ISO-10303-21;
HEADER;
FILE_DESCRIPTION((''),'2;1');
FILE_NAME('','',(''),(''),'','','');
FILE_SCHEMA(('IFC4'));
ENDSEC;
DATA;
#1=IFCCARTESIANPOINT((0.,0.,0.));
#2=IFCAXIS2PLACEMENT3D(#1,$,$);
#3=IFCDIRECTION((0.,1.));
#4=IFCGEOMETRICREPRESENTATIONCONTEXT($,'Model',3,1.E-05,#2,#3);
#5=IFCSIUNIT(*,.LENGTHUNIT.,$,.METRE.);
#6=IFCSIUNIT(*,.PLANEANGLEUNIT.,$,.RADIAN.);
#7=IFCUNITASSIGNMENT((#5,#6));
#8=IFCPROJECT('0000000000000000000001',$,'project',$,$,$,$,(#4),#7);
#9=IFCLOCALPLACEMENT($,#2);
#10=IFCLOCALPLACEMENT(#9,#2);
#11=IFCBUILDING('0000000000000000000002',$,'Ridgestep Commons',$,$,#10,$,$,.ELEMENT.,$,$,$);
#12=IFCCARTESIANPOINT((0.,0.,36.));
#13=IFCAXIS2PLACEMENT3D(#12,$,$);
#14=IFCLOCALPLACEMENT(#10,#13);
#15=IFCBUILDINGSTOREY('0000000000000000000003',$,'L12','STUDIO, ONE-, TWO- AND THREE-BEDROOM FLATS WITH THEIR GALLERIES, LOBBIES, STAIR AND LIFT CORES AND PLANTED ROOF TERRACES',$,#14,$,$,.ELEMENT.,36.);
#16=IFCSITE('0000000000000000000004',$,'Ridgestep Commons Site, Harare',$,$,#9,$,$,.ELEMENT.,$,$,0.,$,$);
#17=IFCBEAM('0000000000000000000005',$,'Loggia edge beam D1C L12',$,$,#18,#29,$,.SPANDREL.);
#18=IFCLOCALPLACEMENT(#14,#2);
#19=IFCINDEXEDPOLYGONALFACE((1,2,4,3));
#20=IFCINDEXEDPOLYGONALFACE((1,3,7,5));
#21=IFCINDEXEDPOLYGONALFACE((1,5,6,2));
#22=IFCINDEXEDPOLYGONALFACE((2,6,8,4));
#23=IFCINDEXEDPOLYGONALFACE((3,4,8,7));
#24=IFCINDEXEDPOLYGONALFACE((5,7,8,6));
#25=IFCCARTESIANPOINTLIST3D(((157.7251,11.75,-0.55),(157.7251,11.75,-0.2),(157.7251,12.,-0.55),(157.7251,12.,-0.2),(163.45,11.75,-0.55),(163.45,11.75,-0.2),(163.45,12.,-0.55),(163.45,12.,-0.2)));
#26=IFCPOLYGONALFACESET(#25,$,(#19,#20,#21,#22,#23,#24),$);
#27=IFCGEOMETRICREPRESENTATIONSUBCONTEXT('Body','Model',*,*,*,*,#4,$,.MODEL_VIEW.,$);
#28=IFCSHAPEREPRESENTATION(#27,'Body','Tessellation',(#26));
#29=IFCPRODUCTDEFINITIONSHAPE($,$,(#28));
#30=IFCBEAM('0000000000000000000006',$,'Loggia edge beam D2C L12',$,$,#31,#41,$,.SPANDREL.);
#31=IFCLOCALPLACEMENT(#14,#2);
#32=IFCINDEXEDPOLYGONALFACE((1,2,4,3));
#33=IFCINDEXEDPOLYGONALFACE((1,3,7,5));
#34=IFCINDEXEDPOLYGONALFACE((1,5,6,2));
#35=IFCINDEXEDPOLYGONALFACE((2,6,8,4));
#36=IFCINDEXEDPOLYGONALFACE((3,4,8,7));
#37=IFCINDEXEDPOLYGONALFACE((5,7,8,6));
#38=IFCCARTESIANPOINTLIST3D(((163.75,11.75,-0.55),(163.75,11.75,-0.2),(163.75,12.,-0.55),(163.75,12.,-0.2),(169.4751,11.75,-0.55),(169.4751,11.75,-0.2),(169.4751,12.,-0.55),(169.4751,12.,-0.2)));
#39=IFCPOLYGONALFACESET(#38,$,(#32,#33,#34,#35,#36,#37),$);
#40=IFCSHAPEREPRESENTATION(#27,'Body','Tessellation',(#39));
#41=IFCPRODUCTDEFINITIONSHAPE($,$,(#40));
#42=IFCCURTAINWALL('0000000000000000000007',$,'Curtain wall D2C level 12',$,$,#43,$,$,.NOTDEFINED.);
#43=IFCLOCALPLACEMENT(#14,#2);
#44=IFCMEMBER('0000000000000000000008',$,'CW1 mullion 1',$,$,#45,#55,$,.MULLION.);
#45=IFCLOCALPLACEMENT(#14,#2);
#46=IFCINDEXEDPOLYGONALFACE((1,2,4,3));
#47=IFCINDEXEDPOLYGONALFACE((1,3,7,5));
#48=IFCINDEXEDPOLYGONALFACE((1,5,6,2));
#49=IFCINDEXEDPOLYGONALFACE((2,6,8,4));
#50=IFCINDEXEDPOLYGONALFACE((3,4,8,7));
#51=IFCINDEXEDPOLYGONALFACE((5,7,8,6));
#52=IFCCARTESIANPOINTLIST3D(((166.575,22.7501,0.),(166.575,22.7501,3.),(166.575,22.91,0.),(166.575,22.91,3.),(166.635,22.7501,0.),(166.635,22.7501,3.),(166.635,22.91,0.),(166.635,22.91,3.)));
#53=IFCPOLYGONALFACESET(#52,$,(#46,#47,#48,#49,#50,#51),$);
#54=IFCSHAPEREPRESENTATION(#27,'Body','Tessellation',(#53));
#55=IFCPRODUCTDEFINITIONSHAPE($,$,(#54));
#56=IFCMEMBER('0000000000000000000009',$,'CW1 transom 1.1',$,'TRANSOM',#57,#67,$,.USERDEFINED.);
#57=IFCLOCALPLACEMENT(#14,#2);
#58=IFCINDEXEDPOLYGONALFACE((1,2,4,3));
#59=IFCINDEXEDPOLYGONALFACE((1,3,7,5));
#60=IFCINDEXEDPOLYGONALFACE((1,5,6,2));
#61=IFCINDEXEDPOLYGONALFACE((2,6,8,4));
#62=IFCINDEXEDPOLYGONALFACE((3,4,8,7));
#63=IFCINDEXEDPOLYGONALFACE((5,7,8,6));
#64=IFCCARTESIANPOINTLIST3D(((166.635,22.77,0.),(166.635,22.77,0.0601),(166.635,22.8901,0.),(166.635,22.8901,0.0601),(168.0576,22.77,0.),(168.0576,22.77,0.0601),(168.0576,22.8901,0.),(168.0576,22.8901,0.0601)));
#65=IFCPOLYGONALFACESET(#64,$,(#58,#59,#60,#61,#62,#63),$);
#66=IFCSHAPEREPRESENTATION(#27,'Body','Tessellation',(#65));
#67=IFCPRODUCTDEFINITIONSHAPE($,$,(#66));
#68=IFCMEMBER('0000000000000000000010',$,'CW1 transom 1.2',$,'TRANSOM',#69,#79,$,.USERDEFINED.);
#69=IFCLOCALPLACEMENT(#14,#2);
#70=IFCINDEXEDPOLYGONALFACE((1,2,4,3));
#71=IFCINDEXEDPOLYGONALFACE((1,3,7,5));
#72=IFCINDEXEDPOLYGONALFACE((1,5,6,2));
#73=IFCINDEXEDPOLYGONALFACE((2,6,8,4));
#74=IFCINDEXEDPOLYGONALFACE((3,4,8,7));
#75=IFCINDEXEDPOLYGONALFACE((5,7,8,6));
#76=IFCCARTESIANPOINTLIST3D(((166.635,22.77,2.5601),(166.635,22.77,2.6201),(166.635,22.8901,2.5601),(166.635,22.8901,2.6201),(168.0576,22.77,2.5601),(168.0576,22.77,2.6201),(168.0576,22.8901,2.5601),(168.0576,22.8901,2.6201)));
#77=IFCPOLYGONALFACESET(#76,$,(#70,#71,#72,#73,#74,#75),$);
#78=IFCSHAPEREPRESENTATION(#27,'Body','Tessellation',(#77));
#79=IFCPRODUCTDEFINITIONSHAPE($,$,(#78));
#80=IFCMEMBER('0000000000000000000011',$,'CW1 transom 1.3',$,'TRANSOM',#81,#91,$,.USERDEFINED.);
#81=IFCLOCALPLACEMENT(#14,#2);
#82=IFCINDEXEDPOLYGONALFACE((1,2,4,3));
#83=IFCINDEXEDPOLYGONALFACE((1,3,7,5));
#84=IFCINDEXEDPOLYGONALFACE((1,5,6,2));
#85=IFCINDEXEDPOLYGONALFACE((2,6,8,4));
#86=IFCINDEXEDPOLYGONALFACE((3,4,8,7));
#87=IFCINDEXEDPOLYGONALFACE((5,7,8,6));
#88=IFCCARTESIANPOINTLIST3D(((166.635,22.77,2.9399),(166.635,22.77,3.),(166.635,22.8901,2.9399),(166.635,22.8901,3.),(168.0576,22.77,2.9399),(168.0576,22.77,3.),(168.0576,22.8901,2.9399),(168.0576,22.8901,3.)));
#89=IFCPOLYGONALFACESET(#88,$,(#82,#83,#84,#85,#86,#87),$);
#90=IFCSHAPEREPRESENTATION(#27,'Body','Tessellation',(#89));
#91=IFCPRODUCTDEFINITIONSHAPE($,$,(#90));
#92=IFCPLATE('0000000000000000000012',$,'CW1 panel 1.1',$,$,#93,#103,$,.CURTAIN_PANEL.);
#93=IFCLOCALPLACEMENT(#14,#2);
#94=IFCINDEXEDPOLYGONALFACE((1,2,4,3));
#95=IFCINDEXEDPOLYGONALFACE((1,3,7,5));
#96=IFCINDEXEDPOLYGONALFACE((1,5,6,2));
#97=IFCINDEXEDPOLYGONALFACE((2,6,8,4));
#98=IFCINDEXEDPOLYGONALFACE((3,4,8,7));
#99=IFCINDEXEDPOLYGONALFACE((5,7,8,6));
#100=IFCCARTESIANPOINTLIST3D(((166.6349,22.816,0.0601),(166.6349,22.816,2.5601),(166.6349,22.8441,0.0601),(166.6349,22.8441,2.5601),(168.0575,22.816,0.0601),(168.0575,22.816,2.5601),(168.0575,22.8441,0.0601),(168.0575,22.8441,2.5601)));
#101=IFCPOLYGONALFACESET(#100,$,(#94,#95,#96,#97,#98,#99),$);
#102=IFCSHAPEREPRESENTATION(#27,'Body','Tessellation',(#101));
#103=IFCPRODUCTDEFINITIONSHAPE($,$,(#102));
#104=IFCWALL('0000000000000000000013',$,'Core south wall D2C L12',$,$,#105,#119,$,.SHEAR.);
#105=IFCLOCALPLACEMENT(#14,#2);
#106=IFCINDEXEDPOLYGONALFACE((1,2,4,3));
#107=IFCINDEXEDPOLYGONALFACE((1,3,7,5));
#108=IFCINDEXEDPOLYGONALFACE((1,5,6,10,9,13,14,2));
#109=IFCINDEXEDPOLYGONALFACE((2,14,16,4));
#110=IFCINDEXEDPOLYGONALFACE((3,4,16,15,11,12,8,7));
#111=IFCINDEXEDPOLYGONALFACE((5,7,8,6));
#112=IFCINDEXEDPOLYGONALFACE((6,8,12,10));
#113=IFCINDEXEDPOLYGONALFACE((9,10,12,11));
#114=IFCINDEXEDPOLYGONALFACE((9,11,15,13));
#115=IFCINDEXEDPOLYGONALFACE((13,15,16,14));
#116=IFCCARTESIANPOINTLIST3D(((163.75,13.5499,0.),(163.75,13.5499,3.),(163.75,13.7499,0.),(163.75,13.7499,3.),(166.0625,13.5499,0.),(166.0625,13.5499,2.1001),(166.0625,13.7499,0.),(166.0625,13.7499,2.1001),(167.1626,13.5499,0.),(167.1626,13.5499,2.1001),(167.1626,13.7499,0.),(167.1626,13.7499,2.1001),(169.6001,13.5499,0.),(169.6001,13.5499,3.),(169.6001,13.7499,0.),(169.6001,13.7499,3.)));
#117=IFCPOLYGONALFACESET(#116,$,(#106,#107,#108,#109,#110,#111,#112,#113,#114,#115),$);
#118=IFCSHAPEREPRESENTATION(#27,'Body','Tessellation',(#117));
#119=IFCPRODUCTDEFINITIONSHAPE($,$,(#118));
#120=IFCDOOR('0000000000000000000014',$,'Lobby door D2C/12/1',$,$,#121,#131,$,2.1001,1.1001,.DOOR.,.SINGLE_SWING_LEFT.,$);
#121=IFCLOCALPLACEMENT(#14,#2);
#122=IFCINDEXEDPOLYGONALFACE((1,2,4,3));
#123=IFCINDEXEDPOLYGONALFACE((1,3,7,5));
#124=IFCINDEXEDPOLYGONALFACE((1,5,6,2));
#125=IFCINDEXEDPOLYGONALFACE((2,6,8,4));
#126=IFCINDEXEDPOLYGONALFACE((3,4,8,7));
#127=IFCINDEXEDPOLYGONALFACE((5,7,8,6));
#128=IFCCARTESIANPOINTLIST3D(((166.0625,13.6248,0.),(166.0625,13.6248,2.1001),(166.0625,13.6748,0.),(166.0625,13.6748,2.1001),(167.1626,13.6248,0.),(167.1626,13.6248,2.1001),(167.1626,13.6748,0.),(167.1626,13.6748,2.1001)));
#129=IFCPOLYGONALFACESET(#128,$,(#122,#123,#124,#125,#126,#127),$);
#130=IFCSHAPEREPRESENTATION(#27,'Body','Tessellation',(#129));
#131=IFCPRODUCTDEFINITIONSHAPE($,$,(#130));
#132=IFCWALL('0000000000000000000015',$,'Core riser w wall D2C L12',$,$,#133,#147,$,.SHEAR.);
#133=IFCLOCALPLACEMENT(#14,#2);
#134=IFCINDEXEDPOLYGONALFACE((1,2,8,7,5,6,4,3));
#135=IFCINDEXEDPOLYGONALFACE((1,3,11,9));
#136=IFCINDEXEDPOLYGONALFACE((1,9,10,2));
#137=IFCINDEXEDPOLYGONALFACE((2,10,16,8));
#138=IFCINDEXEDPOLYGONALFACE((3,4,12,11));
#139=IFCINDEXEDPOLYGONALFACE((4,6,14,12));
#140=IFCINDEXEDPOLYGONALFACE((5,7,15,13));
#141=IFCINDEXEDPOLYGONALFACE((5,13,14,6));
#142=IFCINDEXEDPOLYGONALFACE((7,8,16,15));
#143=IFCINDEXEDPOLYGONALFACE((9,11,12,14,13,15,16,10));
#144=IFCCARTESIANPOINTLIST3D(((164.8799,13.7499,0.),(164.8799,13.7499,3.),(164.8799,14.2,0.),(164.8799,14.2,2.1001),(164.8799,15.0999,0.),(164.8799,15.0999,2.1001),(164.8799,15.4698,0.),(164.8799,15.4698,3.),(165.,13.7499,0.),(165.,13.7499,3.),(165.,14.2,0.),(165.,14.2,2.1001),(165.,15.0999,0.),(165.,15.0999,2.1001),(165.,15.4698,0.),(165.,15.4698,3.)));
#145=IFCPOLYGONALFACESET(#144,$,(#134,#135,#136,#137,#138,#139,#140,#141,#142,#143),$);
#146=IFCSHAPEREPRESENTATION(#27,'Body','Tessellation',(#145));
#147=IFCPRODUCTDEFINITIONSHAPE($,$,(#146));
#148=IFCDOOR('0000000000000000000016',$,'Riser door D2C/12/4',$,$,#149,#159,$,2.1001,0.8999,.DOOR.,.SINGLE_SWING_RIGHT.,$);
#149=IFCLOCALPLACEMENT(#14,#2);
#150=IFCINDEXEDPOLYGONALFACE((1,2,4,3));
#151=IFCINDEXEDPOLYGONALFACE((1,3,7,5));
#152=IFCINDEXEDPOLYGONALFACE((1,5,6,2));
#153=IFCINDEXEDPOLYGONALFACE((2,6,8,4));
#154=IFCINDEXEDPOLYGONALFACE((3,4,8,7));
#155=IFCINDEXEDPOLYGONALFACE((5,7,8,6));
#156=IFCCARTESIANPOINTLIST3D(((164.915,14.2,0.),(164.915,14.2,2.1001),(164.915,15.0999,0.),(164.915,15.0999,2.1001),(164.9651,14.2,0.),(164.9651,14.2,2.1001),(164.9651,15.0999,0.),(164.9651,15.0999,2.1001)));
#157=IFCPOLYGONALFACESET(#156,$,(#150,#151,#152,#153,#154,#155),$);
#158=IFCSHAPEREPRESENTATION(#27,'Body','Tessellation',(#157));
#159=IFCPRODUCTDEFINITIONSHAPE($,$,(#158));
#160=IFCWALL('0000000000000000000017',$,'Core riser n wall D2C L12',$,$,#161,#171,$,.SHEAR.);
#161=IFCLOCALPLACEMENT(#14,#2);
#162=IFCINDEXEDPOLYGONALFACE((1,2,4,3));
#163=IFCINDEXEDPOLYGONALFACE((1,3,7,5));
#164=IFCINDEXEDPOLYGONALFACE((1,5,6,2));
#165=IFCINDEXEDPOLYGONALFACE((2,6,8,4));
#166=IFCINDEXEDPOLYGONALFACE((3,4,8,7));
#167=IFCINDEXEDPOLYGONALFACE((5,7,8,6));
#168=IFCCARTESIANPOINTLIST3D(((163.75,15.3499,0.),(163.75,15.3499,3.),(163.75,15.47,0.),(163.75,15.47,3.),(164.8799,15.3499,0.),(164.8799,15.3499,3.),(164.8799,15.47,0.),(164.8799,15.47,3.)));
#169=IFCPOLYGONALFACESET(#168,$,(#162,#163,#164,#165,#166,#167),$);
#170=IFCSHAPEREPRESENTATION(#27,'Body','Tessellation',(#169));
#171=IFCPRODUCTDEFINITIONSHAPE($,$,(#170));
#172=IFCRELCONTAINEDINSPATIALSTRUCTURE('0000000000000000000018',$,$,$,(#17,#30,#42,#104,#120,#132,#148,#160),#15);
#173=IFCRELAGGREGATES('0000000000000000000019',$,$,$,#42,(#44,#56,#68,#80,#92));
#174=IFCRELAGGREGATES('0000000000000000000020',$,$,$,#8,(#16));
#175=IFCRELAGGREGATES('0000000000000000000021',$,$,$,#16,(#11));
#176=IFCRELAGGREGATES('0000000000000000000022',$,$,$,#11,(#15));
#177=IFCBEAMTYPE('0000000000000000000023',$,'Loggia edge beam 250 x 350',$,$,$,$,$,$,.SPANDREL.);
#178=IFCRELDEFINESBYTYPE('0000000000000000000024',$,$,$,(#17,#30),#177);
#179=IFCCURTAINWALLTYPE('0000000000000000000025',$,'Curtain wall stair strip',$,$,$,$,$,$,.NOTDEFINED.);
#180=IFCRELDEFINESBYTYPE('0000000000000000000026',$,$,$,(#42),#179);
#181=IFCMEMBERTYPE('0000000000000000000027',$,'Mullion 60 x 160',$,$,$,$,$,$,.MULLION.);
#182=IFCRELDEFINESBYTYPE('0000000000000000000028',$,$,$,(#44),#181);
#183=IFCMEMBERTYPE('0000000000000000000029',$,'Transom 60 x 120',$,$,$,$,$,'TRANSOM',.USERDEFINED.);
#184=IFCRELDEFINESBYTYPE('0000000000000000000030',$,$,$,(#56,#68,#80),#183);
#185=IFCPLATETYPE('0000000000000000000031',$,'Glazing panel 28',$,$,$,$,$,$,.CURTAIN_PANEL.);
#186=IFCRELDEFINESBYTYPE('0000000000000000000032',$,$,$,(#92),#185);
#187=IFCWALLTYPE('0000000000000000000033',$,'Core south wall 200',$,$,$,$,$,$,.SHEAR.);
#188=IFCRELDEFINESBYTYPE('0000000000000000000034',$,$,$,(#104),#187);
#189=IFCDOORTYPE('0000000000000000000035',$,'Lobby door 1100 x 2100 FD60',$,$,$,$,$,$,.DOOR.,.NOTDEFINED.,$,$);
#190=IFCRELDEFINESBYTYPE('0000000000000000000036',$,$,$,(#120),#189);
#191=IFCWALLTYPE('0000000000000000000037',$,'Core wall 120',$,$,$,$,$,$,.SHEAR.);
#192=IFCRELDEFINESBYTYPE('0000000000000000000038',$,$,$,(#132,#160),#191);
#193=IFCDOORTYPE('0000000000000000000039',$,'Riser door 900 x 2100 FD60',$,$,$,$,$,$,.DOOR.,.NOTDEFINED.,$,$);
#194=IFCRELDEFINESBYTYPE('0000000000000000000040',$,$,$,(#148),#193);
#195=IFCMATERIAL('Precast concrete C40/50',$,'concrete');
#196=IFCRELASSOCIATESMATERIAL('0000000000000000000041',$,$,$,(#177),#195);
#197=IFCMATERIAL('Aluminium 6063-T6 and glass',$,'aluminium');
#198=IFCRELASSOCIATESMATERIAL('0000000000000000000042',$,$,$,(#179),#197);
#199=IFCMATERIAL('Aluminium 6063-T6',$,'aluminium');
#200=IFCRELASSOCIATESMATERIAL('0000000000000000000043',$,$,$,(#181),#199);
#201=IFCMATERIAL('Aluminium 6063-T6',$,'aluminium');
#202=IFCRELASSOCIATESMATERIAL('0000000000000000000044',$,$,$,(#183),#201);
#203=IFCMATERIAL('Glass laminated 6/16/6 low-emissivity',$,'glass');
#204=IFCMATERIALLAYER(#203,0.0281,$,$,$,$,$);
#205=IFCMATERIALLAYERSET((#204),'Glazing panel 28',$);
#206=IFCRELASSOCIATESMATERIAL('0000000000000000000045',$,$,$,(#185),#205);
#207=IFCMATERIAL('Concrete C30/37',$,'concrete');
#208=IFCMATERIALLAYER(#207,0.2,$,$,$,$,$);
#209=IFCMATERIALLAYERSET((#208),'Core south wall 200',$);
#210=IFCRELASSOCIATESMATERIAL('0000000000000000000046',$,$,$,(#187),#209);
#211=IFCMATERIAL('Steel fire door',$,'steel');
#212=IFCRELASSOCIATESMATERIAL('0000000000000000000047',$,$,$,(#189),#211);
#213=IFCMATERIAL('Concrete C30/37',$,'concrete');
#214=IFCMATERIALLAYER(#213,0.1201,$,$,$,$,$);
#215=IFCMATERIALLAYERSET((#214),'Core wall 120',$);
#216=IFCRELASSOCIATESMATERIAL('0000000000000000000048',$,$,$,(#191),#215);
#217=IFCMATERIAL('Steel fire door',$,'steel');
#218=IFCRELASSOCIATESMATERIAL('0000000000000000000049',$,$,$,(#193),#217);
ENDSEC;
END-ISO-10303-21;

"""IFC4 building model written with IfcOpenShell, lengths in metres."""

from ifc_helpers import new_model, si_unit, direction, frame, frame_2d, origin, origin_2d, place, context, subcontext, project, spatial, rectangle, extrude, material, layer, layer_set, material_profile, profile_set, type_object, element, fill, aggregate, save


model = new_model("IFC4")

# Units and contexts
model_context = context("Model", 3, precision=1e-05, world=origin(), true_north=direction((0.0, 1.0)))
body_context = subcontext(model_context, "Body", "Model", "MODEL_VIEW")
ifc_project = project(units=[si_unit("LENGTHUNIT", "METRE"), si_unit("PLANEANGLEUNIT", "RADIAN")], contexts=[model_context])

# Site, building, storey
site_placement = place(None, origin())
site = spatial("IfcSite", under=ifc_project, at=site_placement, Name="Ridgestep Commons Site, Harare", CompositionType="ELEMENT", RefElevation=0.0)
building_placement = place(site_placement, origin())
building = spatial("IfcBuilding", under=site, at=building_placement, Name="Ridgestep Commons", CompositionType="ELEMENT")
storey_placement = place(building_placement, frame((0.0, 0.0, 36.0)))
storey = spatial("IfcBuildingStorey", under=building, at=storey_placement, Name="L12", Description="STUDIO, ONE-, TWO- AND THREE-BEDROOM FLATS WITH THEIR GALLERIES, LOBBIES, STAIR AND LIFT CORES AND PLANTED ROOF TERRACES", CompositionType="ELEMENT", Elevation=36.0)

# Beams
ifc_material_1 = material(Name="Precast concrete C40/50", Category="concrete")
ifc_material_profile_1 = material_profile(ifc_material_1, rectangle(XDim=0.25, YDim=0.3501, at=origin_2d()), Name="PC 250x350")
ifc_profile_set_1 = profile_set([ifc_material_profile_1], Name="Precast concrete C40/50")
beam_type = type_object("IfcBeamType", Name="Loggia edge beam 250 x 350", PredefinedType="SPANDREL", material=ifc_profile_set_1)
beam_1_placement = place(storey_placement, frame((157.7251, 11.875, -0.375), z_axis=(1.0, 0.0, 0.0), x_axis=(0.0, 1.0, 0.0)))
element("IfcBeam", 1, at=beam_1_placement, inside=storey, type_object=beam_type, Name="Loggia edge beam D1C L12", PredefinedType="SPANDREL", context=body_context, shape_type="SweptSolid", body=[
    extrude(rectangle(XDim=0.25, YDim=0.3501, at=origin_2d()), origin(), (0.0, 0.0, 1.0), 5.7249),
])
beam_2_placement = place(storey_placement, frame((163.75, 11.875, -0.375), z_axis=(1.0, 0.0, 0.0), x_axis=(0.0, 1.0, 0.0)))
element("IfcBeam", 2, at=beam_2_placement, inside=storey, type_object=beam_type, Name="Loggia edge beam D2C L12", PredefinedType="SPANDREL", context=body_context, shape_type="SweptSolid", body=[
    extrude(rectangle(XDim=0.25, YDim=0.3501, at=origin_2d()), origin(), (0.0, 0.0, 1.0), 5.7251),
])

# Curtain wall, members, plate
ifc_material_2 = material(Name="Aluminium 6063-T6 and glass", Category="aluminium")
curtain_wall_type = type_object("IfcCurtainWallType", Name="Curtain wall stair strip", PredefinedType="NOTDEFINED", material=ifc_material_2)
curtain_wall_placement = place(storey_placement, origin())
curtain_wall = element("IfcCurtainWall", 3, at=curtain_wall_placement, inside=storey, type_object=curtain_wall_type, Name="Curtain wall D2C level 12", PredefinedType="NOTDEFINED")
ifc_material_3 = material(Name="Aluminium 6063-T6", Category="aluminium")
ifc_material_profile_2 = material_profile(ifc_material_3, rectangle(XDim=0.1599, YDim=0.0601, at=origin_2d()), Name="Mullion 60 x 160")
ifc_profile_set_2 = profile_set([ifc_material_profile_2], Name="Aluminium 6063-T6")
member_type_1 = type_object("IfcMemberType", Name="Mullion 60 x 160", PredefinedType="MULLION", material=ifc_profile_set_2)
member_1_placement = place(storey_placement, frame((166.605, 22.8301, 0.0), z_axis=(0.0, 0.0, 1.0), x_axis=(0.0, 1.0, 0.0)))
member_1 = element("IfcMember", 4, at=member_1_placement, type_object=member_type_1, Name="CW1 mullion 1", PredefinedType="MULLION", context=body_context, shape_type="SweptSolid", body=[
    extrude(rectangle(XDim=0.1599, YDim=0.0601, at=origin_2d()), origin(), (0.0, 0.0, 1.0), 3.0),
])
ifc_material_4 = material(Name="Aluminium 6063-T6", Category="aluminium")
ifc_material_profile_3 = material_profile(ifc_material_4, rectangle(XDim=0.1201, YDim=0.0601, at=origin_2d()), Name="Transom 60 x 120")
ifc_profile_set_3 = profile_set([ifc_material_profile_3], Name="Aluminium 6063-T6")
member_type_2 = type_object("IfcMemberType", Name="Transom 60 x 120", ElementType="TRANSOM", PredefinedType="USERDEFINED", material=ifc_profile_set_3)
member_2_placement = place(storey_placement, frame((166.635, 22.8301, 0.03), z_axis=(1.0, 0.0, 0.0), x_axis=(0.0, 1.0, 0.0)))
member_2 = element("IfcMember", 5, at=member_2_placement, type_object=member_type_2, Name="CW1 transom 1.1", ObjectType="TRANSOM", PredefinedType="USERDEFINED", context=body_context, shape_type="SweptSolid", body=[
    extrude(rectangle(XDim=0.1201, YDim=0.0601, at=origin_2d()), origin(), (0.0, 0.0, 1.0), 1.4226),
])
member_3_placement = place(storey_placement, frame((166.635, 22.8301, 2.5901), z_axis=(1.0, 0.0, 0.0), x_axis=(0.0, 1.0, 0.0)))
member_3 = element("IfcMember", 6, at=member_3_placement, type_object=member_type_2, Name="CW1 transom 1.2", ObjectType="TRANSOM", PredefinedType="USERDEFINED", context=body_context, shape_type="SweptSolid", body=[
    extrude(rectangle(XDim=0.1201, YDim=0.0601, at=origin_2d()), origin(), (0.0, 0.0, 1.0), 1.4226),
])
member_4_placement = place(storey_placement, frame((166.635, 22.8301, 2.97), z_axis=(1.0, 0.0, 0.0), x_axis=(0.0, 1.0, 0.0)))
member_4 = element("IfcMember", 7, at=member_4_placement, type_object=member_type_2, Name="CW1 transom 1.3", ObjectType="TRANSOM", PredefinedType="USERDEFINED", context=body_context, shape_type="SweptSolid", body=[
    extrude(rectangle(XDim=0.1201, YDim=0.0601, at=origin_2d()), origin(), (0.0, 0.0, 1.0), 1.4226),
])
ifc_material_5 = material(Name="Glass laminated 6/16/6 low-emissivity", Category="glass")
ifc_layer_1 = layer(ifc_material_5, 0.0281)
ifc_layer_set_1 = layer_set([ifc_layer_1], Name="Glazing panel 28")
plate_type = type_object("IfcPlateType", Name="Glazing panel 28", PredefinedType="CURTAIN_PANEL", material=ifc_layer_set_1)
plate_placement = place(storey_placement, frame((167.3462, 22.8301, 0.0601), z_axis=(0.0, 0.0, 1.0), x_axis=(1.0, 0.0, 0.0)))
plate = element("IfcPlate", 8, at=plate_placement, type_object=plate_type, Name="CW1 panel 1.1", PredefinedType="CURTAIN_PANEL", context=body_context, shape_type="SweptSolid", body=[
    extrude(rectangle(XDim=1.4226, YDim=0.0281, at=origin_2d()), origin(), (0.0, 0.0, 1.0), 2.5),
])
aggregate(curtain_wall, [member_1, member_2, member_3, member_4, plate])

# Walls, openings, doors
ifc_material_6 = material(Name="Concrete C30/37", Category="concrete")
ifc_layer_2 = layer(ifc_material_6, 0.2)
ifc_layer_set_2 = layer_set([ifc_layer_2], Name="Core south wall 200")
wall_type_1 = type_object("IfcWallType", Name="Core south wall 200", PredefinedType="SHEAR", material=ifc_layer_set_2)
wall_1_placement = place(storey_placement, frame((163.75, 13.6499, 0.0), z_axis=(0.0, 0.0, 1.0), x_axis=(1.0, 0.0, 0.0)))
wall_1 = element("IfcWall", 9, at=wall_1_placement, inside=storey, type_object=wall_type_1, Name="Core south wall D2C L12", PredefinedType="SHEAR", context=body_context, shape_type="SweptSolid", body=[
    extrude(rectangle(XDim=5.8501, YDim=0.2, at=frame_2d((2.925, 0.0))), origin(), (0.0, 0.0, 1.0), 3.0),
])
opening_1_placement = place(wall_1_placement, frame((2.3125, 0.0, 0.0)))
opening_1 = element("IfcOpeningElement", 10, at=opening_1_placement, cuts=wall_1, PredefinedType="OPENING", context=body_context, shape_type="SweptSolid", body=[
    extrude(rectangle(XDim=1.1001, YDim=2.1001, at=frame_2d((0.55, 1.05))), frame((0.0, 0.1099, 0.0), z_axis=(0.0, -1.0, 0.0), x_axis=(1.0, 0.0, 0.0)), (0.0, 0.0, 1.0), 0.22),
])
ifc_material_7 = material(Name="Steel fire door", Category="steel")
door_type_1 = type_object("IfcDoorType", Name="Lobby door 1100 x 2100 FD60", OperationType="NOTDEFINED", PredefinedType="DOOR", material=ifc_material_7)
door_1_placement = place(opening_1_placement, origin())
door_1 = element("IfcDoor", 11, at=door_1_placement, inside=storey, type_object=door_type_1, Name="Lobby door D2C/12/1", OperationType="SINGLE_SWING_LEFT", OverallHeight=2.1001, OverallWidth=1.1001, PredefinedType="DOOR", context=body_context, shape_type="SweptSolid", body=[
    extrude(rectangle(XDim=1.1001, YDim=2.1001, at=frame_2d((0.55, 1.05))), frame((0.0, 0.0249, 0.0), z_axis=(0.0, -1.0, 0.0), x_axis=(1.0, 0.0, 0.0)), (0.0, 0.0, 1.0), 0.05),
])
fill(opening_1, door_1)
ifc_material_8 = material(Name="Concrete C30/37", Category="concrete")
ifc_layer_3 = layer(ifc_material_8, 0.1201)
ifc_layer_set_3 = layer_set([ifc_layer_3], Name="Core wall 120")
wall_type_2 = type_object("IfcWallType", Name="Core wall 120", PredefinedType="SHEAR", material=ifc_layer_set_3)
wall_2_placement = place(storey_placement, frame((164.9399, 13.75, 0.0), z_axis=(0.0, 0.0, 1.0), x_axis=(0.0, 1.0, 0.0)))
wall_2 = element("IfcWall", 12, at=wall_2_placement, inside=storey, type_object=wall_type_2, Name="Core riser w wall D2C L12", PredefinedType="SHEAR", context=body_context, shape_type="SweptSolid", body=[
    extrude(rectangle(XDim=1.72, YDim=0.1201, at=frame_2d((0.8599, 0.0))), origin(), (0.0, 0.0, 1.0), 3.0),
])
opening_2_placement = place(wall_2_placement, frame((0.45, 0.0, 0.0)))
opening_2 = element("IfcOpeningElement", 13, at=opening_2_placement, cuts=wall_2, PredefinedType="OPENING", context=body_context, shape_type="SweptSolid", body=[
    extrude(rectangle(XDim=0.8999, YDim=2.1001, at=frame_2d((0.45, 1.05))), frame((0.0, 0.0701, 0.0), z_axis=(0.0, -1.0, 0.0), x_axis=(1.0, 0.0, 0.0)), (0.0, 0.0, 1.0), 0.1401),
])
ifc_material_9 = material(Name="Steel fire door", Category="steel")
door_type_2 = type_object("IfcDoorType", Name="Riser door 900 x 2100 FD60", OperationType="NOTDEFINED", PredefinedType="DOOR", material=ifc_material_9)
door_2_placement = place(opening_2_placement, origin())
door_2 = element("IfcDoor", 14, at=door_2_placement, inside=storey, type_object=door_type_2, Name="Riser door D2C/12/4", OperationType="SINGLE_SWING_RIGHT", OverallHeight=2.1001, OverallWidth=0.8999, PredefinedType="DOOR", context=body_context, shape_type="SweptSolid", body=[
    extrude(rectangle(XDim=0.8999, YDim=2.1001, at=frame_2d((0.45, 1.05))), frame((0.0, 0.0249, 0.0), z_axis=(0.0, -1.0, 0.0), x_axis=(1.0, 0.0, 0.0)), (0.0, 0.0, 1.0), 0.05),
])
fill(opening_2, door_2)

# Wall
wall_3_placement = place(storey_placement, frame((163.75, 15.4099, 0.0), z_axis=(0.0, 0.0, 1.0), x_axis=(1.0, 0.0, 0.0)))
element("IfcWall", 15, at=wall_3_placement, inside=storey, type_object=wall_type_2, Name="Core riser n wall D2C L12", PredefinedType="SHEAR", context=body_context, shape_type="SweptSolid", body=[
    extrude(rectangle(XDim=1.1299, YDim=0.1201, at=frame_2d((0.5649, 0.0))), origin(), (0.0, 0.0, 1.0), 3.0),
])

save(model, "model.ifc")
